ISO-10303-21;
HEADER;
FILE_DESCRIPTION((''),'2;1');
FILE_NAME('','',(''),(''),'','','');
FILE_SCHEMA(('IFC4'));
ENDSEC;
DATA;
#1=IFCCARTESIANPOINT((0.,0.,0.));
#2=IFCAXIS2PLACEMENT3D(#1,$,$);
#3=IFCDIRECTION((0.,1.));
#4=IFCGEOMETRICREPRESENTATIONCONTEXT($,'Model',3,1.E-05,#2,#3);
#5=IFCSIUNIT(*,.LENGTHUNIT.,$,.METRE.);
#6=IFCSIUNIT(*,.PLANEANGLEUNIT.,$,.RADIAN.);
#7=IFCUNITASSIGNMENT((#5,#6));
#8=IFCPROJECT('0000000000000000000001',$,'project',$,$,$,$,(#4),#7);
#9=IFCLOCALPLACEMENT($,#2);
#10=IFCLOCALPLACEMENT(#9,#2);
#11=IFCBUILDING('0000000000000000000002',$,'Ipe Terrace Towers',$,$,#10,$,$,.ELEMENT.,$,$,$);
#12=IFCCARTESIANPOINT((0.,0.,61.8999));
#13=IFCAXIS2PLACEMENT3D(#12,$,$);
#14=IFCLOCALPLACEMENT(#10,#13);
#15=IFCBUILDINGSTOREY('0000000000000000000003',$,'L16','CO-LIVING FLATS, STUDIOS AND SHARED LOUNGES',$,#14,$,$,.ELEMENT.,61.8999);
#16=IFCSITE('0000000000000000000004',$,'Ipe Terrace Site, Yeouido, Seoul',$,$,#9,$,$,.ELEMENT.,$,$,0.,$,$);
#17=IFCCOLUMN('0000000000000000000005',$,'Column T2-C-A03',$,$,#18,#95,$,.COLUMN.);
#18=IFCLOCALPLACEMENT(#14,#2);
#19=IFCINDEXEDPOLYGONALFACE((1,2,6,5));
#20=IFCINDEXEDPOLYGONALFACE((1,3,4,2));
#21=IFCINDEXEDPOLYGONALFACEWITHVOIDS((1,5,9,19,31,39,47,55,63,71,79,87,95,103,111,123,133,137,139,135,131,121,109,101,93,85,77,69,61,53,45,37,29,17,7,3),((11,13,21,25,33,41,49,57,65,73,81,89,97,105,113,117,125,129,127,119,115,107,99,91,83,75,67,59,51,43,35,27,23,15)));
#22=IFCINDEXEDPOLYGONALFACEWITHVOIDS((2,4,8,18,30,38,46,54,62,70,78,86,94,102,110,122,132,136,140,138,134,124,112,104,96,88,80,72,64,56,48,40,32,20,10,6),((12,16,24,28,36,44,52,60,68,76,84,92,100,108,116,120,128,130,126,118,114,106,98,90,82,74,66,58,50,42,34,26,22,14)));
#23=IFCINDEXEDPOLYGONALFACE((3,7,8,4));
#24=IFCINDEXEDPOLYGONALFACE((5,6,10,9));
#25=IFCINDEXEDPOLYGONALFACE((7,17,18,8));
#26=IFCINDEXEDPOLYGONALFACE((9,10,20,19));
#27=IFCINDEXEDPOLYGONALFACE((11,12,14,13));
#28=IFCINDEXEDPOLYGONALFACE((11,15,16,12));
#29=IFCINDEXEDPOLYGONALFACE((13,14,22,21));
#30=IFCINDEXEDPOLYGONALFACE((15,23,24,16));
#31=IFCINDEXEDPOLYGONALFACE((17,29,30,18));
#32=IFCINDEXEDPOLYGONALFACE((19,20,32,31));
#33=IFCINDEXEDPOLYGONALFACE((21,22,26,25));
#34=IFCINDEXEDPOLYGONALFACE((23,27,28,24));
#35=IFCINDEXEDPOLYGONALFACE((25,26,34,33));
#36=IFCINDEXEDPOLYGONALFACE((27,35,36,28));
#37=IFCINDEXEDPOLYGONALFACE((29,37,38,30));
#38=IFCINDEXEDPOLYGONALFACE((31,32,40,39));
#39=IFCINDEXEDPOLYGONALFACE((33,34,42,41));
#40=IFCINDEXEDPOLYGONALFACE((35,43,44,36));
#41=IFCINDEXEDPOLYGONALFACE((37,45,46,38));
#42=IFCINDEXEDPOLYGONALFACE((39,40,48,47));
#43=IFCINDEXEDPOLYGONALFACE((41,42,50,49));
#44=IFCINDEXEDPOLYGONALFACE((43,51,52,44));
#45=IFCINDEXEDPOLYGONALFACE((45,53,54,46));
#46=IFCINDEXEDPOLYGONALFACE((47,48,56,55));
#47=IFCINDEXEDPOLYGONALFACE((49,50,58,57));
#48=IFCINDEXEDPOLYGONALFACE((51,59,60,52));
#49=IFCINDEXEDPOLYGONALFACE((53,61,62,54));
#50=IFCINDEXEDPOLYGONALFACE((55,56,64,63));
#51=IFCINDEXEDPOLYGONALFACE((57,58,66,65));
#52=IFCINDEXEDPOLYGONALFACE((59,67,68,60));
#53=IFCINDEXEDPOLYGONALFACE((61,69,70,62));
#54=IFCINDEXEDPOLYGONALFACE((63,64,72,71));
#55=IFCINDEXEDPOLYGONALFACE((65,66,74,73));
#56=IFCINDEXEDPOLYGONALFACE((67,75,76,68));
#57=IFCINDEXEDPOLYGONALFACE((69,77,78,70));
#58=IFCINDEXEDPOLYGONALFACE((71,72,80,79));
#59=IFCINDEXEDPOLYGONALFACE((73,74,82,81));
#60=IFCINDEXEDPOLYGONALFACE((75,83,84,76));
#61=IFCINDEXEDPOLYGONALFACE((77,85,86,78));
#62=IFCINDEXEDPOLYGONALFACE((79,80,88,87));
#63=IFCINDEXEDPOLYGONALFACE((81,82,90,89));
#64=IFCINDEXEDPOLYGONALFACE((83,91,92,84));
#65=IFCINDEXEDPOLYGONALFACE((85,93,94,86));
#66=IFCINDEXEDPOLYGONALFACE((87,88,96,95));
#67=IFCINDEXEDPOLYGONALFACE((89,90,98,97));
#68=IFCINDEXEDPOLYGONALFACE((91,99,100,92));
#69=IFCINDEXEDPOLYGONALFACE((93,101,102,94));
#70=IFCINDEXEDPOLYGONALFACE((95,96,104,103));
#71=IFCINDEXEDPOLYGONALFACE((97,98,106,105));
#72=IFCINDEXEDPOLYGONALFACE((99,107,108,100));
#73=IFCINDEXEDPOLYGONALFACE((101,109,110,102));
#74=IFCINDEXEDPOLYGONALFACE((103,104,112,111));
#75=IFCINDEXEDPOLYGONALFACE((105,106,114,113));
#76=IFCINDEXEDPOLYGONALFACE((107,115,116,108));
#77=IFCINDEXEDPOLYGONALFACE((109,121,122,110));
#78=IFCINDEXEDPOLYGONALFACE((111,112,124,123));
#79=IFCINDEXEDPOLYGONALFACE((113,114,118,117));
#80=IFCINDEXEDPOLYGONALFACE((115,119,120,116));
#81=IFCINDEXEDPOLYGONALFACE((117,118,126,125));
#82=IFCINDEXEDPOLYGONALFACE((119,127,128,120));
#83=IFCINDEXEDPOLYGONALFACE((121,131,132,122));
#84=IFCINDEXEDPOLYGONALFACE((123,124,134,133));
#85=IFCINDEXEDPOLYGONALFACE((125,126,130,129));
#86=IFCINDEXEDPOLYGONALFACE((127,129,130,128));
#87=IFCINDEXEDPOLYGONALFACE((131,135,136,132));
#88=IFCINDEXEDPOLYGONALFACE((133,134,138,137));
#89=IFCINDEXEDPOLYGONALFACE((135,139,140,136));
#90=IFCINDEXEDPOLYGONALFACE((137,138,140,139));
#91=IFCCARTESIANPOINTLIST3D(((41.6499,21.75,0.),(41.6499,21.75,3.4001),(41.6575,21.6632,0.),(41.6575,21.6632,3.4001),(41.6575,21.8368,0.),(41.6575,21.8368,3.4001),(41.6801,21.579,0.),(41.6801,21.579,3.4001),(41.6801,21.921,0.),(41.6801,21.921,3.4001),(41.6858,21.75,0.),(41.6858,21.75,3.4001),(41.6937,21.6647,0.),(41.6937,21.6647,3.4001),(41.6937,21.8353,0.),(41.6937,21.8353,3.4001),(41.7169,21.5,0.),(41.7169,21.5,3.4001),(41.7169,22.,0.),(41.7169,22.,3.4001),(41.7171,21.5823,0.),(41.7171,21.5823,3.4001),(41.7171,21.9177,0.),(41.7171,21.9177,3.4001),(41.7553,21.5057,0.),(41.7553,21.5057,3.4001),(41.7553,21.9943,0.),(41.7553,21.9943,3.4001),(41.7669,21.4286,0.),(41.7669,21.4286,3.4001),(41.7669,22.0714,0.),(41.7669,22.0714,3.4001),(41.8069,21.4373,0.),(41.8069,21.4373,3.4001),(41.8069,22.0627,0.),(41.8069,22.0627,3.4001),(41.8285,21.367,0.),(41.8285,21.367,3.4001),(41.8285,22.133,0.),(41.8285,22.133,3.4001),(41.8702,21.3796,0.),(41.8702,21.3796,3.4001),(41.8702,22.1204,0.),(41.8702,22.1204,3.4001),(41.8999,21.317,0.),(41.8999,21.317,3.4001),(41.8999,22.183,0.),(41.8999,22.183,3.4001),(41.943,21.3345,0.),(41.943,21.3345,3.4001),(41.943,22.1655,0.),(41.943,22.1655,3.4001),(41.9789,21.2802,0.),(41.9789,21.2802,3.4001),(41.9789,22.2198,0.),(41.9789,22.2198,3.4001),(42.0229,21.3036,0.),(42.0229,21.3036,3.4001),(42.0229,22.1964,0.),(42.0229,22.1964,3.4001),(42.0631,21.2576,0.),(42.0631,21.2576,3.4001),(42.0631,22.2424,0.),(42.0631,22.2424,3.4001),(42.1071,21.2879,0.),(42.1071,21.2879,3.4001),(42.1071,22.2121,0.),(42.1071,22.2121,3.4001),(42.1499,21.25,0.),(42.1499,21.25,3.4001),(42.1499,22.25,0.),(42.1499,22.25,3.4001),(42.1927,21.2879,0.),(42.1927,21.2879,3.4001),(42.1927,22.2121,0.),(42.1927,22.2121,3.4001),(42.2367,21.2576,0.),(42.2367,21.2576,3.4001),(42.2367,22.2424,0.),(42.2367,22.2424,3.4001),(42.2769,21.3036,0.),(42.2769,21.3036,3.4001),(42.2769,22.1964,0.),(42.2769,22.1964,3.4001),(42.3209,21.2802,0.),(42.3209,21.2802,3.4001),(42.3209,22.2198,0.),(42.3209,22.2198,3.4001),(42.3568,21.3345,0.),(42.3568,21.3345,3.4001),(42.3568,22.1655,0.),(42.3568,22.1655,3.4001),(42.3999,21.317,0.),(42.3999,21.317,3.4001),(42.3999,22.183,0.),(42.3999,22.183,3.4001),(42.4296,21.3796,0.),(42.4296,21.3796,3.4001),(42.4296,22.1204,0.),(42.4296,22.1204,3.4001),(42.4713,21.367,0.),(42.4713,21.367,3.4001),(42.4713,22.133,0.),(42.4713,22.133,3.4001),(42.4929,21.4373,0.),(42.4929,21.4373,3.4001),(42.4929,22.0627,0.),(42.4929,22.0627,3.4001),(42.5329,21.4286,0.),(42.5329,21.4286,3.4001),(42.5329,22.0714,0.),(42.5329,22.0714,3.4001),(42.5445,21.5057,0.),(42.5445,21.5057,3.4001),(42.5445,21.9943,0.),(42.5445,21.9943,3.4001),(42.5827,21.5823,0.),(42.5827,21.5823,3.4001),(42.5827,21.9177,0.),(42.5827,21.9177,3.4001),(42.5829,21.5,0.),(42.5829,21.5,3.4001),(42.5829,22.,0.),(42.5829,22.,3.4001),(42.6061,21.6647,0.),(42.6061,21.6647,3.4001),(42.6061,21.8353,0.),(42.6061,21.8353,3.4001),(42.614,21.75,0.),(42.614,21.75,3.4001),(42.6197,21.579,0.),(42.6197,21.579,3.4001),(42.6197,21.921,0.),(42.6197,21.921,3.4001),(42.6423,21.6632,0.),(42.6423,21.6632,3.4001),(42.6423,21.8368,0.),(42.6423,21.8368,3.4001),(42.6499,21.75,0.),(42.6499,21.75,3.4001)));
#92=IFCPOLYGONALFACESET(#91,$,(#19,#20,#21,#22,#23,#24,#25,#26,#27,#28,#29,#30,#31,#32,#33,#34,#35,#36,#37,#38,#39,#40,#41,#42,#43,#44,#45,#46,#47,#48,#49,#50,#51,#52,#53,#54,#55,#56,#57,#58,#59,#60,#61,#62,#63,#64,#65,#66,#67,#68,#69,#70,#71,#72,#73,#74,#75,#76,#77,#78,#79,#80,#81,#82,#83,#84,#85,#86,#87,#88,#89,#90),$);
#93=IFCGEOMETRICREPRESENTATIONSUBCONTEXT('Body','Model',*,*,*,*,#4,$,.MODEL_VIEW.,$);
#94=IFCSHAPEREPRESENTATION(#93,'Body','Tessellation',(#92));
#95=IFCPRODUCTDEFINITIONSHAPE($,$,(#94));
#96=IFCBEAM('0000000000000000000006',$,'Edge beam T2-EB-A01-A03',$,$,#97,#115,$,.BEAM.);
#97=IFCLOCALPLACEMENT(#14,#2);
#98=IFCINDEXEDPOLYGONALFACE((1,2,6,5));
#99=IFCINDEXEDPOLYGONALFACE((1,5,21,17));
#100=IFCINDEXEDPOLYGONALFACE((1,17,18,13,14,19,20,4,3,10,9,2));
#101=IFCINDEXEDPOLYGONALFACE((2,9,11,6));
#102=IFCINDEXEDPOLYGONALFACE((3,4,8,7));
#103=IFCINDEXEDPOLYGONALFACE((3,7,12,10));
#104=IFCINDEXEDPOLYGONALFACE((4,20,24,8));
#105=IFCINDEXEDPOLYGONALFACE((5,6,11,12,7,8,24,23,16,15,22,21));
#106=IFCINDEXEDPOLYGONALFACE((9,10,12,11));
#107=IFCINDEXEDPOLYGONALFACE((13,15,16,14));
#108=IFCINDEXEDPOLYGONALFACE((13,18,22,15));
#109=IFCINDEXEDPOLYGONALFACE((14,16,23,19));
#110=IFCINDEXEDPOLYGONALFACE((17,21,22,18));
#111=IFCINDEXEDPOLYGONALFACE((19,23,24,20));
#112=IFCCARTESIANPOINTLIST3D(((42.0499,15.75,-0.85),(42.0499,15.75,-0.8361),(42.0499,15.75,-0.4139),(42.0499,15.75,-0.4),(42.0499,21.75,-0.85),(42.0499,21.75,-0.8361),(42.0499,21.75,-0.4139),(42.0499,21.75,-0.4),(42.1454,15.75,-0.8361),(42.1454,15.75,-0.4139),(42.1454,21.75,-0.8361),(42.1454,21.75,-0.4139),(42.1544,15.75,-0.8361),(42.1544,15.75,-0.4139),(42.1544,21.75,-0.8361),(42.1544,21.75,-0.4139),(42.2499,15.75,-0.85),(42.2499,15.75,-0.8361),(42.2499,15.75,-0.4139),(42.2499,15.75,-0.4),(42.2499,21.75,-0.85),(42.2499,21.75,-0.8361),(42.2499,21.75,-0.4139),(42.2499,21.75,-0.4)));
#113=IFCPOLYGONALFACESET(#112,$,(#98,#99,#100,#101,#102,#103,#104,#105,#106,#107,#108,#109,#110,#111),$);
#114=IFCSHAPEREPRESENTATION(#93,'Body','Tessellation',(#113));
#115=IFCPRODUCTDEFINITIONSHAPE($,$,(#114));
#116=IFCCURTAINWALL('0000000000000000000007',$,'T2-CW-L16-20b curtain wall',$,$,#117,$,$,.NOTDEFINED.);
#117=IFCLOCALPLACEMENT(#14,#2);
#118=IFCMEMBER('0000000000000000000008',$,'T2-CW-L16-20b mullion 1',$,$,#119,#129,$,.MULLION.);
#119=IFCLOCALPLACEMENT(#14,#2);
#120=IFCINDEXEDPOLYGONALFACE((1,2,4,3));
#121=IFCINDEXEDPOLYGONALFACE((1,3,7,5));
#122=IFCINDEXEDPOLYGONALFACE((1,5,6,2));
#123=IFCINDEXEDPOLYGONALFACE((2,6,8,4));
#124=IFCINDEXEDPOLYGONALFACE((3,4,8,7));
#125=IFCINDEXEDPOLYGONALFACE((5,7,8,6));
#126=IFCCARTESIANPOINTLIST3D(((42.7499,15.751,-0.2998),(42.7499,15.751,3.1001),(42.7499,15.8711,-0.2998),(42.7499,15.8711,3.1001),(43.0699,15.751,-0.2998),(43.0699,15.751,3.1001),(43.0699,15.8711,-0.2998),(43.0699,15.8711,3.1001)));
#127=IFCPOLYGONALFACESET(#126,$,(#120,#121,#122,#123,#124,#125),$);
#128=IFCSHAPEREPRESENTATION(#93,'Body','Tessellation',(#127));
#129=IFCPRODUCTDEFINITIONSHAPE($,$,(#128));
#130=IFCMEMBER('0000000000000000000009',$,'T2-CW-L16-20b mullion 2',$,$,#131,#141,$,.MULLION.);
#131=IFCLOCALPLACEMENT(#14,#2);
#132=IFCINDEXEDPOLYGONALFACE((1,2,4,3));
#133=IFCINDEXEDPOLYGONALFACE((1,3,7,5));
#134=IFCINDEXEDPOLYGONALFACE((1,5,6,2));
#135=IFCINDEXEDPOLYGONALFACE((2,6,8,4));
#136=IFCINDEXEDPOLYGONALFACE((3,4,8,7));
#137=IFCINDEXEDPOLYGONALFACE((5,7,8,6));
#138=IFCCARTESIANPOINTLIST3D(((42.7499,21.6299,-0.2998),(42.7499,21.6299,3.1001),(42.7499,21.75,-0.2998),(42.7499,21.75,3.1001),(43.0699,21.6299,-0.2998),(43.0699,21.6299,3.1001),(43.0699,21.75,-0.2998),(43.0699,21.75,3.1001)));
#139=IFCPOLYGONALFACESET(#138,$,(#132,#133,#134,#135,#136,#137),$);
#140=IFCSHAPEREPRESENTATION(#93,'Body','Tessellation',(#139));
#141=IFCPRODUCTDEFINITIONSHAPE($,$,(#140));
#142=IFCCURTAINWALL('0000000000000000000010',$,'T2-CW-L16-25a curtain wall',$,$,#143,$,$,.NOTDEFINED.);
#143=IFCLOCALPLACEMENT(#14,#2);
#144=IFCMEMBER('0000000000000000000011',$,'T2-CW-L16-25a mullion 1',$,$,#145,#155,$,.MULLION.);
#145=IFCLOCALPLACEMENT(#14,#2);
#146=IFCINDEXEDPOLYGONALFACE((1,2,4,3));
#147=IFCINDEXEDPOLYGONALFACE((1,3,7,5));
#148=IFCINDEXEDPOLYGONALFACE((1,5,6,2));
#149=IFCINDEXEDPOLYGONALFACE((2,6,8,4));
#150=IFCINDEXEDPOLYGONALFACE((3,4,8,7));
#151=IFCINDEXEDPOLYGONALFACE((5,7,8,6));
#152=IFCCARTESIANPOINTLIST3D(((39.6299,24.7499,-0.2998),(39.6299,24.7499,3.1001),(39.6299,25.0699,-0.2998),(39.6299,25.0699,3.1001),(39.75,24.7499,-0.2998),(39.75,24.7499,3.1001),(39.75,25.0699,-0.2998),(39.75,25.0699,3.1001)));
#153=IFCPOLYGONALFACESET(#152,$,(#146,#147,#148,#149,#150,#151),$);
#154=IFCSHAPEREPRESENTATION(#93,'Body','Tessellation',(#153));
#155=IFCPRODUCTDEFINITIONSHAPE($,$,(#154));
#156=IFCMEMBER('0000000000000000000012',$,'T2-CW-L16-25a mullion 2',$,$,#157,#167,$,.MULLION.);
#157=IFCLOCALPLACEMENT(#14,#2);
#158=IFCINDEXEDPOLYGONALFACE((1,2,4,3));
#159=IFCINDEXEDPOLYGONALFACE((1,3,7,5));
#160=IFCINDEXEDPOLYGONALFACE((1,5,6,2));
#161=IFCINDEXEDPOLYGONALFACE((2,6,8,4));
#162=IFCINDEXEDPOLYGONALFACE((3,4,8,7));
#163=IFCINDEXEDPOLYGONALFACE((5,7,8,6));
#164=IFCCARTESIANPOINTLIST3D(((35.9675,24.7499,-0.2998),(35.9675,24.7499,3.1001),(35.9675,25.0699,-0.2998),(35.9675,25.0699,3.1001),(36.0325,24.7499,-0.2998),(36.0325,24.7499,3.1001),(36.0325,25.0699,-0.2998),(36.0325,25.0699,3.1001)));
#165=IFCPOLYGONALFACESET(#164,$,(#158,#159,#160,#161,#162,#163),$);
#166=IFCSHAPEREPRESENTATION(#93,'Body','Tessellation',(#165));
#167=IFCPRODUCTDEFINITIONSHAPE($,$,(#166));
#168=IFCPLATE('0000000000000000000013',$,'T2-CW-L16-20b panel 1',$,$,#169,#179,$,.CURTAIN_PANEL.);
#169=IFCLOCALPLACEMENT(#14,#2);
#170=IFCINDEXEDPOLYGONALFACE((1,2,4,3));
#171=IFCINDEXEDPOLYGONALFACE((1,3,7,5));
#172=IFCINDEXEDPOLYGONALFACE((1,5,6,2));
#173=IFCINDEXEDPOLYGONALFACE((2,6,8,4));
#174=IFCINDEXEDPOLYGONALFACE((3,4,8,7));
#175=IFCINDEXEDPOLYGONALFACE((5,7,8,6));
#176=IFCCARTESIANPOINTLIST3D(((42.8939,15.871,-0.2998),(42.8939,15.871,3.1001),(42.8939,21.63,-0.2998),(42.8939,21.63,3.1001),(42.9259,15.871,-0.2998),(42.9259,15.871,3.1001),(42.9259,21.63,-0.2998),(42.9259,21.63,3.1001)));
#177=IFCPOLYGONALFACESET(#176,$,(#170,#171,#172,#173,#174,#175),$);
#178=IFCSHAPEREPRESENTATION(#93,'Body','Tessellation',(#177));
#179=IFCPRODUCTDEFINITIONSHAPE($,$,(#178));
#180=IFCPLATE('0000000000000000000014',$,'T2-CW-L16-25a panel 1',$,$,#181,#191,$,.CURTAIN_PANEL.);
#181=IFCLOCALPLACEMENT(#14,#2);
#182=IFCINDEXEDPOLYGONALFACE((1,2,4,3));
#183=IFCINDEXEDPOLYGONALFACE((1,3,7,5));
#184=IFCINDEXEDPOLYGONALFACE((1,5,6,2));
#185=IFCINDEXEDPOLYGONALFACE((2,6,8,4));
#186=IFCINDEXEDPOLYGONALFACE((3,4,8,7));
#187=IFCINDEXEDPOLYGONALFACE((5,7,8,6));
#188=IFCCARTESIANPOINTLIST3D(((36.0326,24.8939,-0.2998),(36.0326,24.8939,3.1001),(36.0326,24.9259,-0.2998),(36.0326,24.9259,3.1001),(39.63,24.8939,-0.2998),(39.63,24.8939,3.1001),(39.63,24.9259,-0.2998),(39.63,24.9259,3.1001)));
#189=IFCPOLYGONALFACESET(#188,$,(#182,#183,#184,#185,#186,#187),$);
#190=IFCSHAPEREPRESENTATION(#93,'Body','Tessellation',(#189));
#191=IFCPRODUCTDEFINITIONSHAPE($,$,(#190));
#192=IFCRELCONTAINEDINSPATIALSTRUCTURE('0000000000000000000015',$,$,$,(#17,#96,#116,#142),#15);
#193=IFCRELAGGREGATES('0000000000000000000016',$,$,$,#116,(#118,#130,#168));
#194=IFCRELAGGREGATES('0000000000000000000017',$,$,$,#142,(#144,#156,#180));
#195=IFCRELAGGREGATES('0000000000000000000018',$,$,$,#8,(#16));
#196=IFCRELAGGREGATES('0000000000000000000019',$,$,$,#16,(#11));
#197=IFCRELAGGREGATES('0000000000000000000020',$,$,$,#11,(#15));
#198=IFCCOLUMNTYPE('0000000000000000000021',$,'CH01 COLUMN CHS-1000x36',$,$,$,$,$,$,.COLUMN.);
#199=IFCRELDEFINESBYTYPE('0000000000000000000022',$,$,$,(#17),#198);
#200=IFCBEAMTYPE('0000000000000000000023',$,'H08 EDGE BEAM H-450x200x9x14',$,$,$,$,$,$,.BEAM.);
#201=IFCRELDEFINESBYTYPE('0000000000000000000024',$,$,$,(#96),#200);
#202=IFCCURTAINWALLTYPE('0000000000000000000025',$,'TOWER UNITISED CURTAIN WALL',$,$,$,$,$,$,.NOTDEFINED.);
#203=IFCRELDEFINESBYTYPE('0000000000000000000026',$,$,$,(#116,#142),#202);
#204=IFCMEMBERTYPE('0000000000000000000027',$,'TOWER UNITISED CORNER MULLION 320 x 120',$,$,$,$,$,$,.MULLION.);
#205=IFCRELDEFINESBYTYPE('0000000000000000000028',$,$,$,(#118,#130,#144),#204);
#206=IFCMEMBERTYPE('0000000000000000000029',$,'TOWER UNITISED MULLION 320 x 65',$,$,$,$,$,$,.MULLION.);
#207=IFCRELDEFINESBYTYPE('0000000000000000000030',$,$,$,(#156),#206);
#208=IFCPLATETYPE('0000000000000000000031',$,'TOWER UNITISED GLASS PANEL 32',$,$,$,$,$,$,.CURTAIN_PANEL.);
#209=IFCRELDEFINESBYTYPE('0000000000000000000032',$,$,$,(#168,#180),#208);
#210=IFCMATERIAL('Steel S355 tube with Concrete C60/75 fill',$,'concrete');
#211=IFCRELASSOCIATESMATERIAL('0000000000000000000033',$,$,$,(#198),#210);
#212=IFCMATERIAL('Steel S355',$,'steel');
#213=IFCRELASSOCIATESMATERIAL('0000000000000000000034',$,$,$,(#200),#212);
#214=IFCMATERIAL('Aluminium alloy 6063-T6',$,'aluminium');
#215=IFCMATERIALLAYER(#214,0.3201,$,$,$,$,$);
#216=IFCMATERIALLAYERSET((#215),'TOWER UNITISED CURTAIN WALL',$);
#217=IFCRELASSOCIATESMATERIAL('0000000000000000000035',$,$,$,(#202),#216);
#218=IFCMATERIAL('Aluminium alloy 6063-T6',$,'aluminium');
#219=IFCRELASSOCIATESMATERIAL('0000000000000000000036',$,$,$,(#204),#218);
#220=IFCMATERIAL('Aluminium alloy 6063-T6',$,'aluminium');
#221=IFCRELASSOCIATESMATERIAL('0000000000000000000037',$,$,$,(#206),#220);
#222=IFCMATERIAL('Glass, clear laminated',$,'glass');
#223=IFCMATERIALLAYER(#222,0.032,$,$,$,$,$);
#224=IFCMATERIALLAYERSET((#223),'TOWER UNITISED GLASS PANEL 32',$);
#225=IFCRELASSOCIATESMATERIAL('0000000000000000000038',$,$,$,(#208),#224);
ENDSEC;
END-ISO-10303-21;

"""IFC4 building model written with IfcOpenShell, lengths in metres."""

from ifc_helpers import new_model, si_unit, direction, frame, origin, origin_2d, place, context, subcontext, project, spatial, rectangle, hollow_circle, i_section, extrude, material, layer, layer_set, material_profile, profile_set, type_object, element, aggregate, save


model = new_model("IFC4")

# Units and contexts
model_context = context("Model", 3, precision=1e-05, world=origin(), true_north=direction((0.0, 1.0)))
body_context = subcontext(model_context, "Body", "Model", "MODEL_VIEW")
ifc_project = project(units=[si_unit("LENGTHUNIT", "METRE"), si_unit("PLANEANGLEUNIT", "RADIAN")], contexts=[model_context])

# Site, building, storey
site_placement = place(None, origin())
site = spatial("IfcSite", under=ifc_project, at=site_placement, Name="Ipe Terrace Site, Yeouido, Seoul", CompositionType="ELEMENT", RefElevation=0.0)
building_placement = place(site_placement, origin())
building = spatial("IfcBuilding", under=site, at=building_placement, Name="Ipe Terrace Towers", CompositionType="ELEMENT")
storey_placement = place(building_placement, frame((0.0, 0.0, 61.8999)))
storey = spatial("IfcBuildingStorey", under=building, at=storey_placement, Name="L16", Description="CO-LIVING FLATS, STUDIOS AND SHARED LOUNGES", CompositionType="ELEMENT", Elevation=61.8999)

# Column
ifc_material_1 = material(Name="Steel S355 tube with Concrete C60/75 fill", Category="concrete")
ifc_material_profile_1 = material_profile(ifc_material_1, hollow_circle(Radius=0.5, WallThickness=0.0359, at=origin_2d()), Name="CHS-1000x36")
ifc_profile_set_1 = profile_set([ifc_material_profile_1], Name="Steel S355 tube with Concrete C60/75 fill")
column_type = type_object("IfcColumnType", Name="CH01 COLUMN CHS-1000x36", PredefinedType="COLUMN", material=ifc_profile_set_1)
column_placement = place(storey_placement, frame((42.1499, 21.75, 0.0), z_axis=(0.0, 0.0, 1.0), x_axis=(1.0, 0.0, 0.0)))
element("IfcColumn", 1, at=column_placement, inside=storey, type_object=column_type, Name="Column T2-C-A03", PredefinedType="COLUMN", context=body_context, shape_type="SweptSolid", body=[
    extrude(hollow_circle(Radius=0.5, WallThickness=0.0359, at=origin_2d()), origin(), (0.0, 0.0, 1.0), 3.4001),
])

# Beam
ifc_material_2 = material(Name="Steel S355", Category="steel")
ifc_material_profile_2 = material_profile(ifc_material_2, i_section(OverallWidth=0.2, OverallDepth=0.45, WebThickness=0.009, FlangeThickness=0.0139, at=origin_2d()), Name="H-450x200x9x14")
ifc_profile_set_2 = profile_set([ifc_material_profile_2], Name="Steel S355")
beam_type = type_object("IfcBeamType", Name="H08 EDGE BEAM H-450x200x9x14", PredefinedType="BEAM", material=ifc_profile_set_2)
beam_placement = place(storey_placement, frame((42.1499, 15.75, -0.625), z_axis=(0.0, 1.0, 0.0), x_axis=(-1.0, 0.0, 0.0)))
element("IfcBeam", 2, at=beam_placement, inside=storey, type_object=beam_type, Name="Edge beam T2-EB-A01-A03", PredefinedType="BEAM", context=body_context, shape_type="SweptSolid", body=[
    extrude(i_section(OverallWidth=0.2, OverallDepth=0.45, WebThickness=0.009, FlangeThickness=0.0139, at=origin_2d()), origin(), (0.0, 0.0, 1.0), 6.0),
])

# Curtain walls, members
ifc_material_3 = material(Name="Aluminium alloy 6063-T6", Category="aluminium")
ifc_layer_1 = layer(ifc_material_3, 0.3201)
ifc_layer_set_1 = layer_set([ifc_layer_1], Name="TOWER UNITISED CURTAIN WALL")
curtain_wall_type = type_object("IfcCurtainWallType", Name="TOWER UNITISED CURTAIN WALL", PredefinedType="NOTDEFINED", material=ifc_layer_set_1)
curtain_wall_1_placement = place(storey_placement, origin())
curtain_wall_1 = element("IfcCurtainWall", 3, at=curtain_wall_1_placement, inside=storey, type_object=curtain_wall_type, Name="T2-CW-L16-20b curtain wall", PredefinedType="NOTDEFINED")
ifc_material_4 = material(Name="Aluminium alloy 6063-T6", Category="aluminium")
ifc_material_profile_3 = material_profile(ifc_material_4, rectangle(XDim=0.3201, YDim=0.1201, at=origin_2d()), Name="TOWER UNITISED CORNER MULLION 320 x 120")
ifc_profile_set_3 = profile_set([ifc_material_profile_3], Name="Aluminium alloy 6063-T6")
member_type_1 = type_object("IfcMemberType", Name="TOWER UNITISED CORNER MULLION 320 x 120", PredefinedType="MULLION", material=ifc_profile_set_3)
member_1_placement = place(storey_placement, frame((42.9099, 15.811, -0.2998), z_axis=(0.0, 0.0, 1.0), x_axis=(1.0, 0.0, 0.0)))
member_1 = element("IfcMember", 4, at=member_1_placement, type_object=member_type_1, Name="T2-CW-L16-20b mullion 1", PredefinedType="MULLION", context=body_context, shape_type="SweptSolid", body=[
    extrude(rectangle(XDim=0.3201, YDim=0.1201, at=origin_2d()), origin(), (0.0, 0.0, 1.0), 3.3999),
])
member_2_placement = place(storey_placement, frame((42.9099, 21.6899, -0.2998), z_axis=(0.0, 0.0, 1.0), x_axis=(1.0, 0.0, 0.0)))
member_2 = element("IfcMember", 5, at=member_2_placement, type_object=member_type_1, Name="T2-CW-L16-20b mullion 2", PredefinedType="MULLION", context=body_context, shape_type="SweptSolid", body=[
    extrude(rectangle(XDim=0.3201, YDim=0.1201, at=origin_2d()), origin(), (0.0, 0.0, 1.0), 3.3999),
])
curtain_wall_2_placement = place(storey_placement, origin())
curtain_wall_2 = element("IfcCurtainWall", 6, at=curtain_wall_2_placement, inside=storey, type_object=curtain_wall_type, Name="T2-CW-L16-25a curtain wall", PredefinedType="NOTDEFINED")
member_3_placement = place(storey_placement, frame((39.6899, 24.9099, -0.2998), z_axis=(0.0, 0.0, 1.0), x_axis=(0.0, 1.0, 0.0)))
member_3 = element("IfcMember", 7, at=member_3_placement, type_object=member_type_1, Name="T2-CW-L16-25a mullion 1", PredefinedType="MULLION", context=body_context, shape_type="SweptSolid", body=[
    extrude(rectangle(XDim=0.3201, YDim=0.1201, at=origin_2d()), origin(), (0.0, 0.0, 1.0), 3.3999),
])
ifc_material_5 = material(Name="Aluminium alloy 6063-T6", Category="aluminium")
ifc_material_profile_4 = material_profile(ifc_material_5, rectangle(XDim=0.3201, YDim=0.0649, at=origin_2d()), Name="TOWER UNITISED MULLION 320 x 65")
ifc_profile_set_4 = profile_set([ifc_material_profile_4], Name="Aluminium alloy 6063-T6")
member_type_2 = type_object("IfcMemberType", Name="TOWER UNITISED MULLION 320 x 65", PredefinedType="MULLION", material=ifc_profile_set_4)
member_4_placement = place(storey_placement, frame((36.0, 24.9099, -0.2998), z_axis=(0.0, 0.0, 1.0), x_axis=(0.0, 1.0, 0.0)))
member_4 = element("IfcMember", 8, at=member_4_placement, type_object=member_type_2, Name="T2-CW-L16-25a mullion 2", PredefinedType="MULLION", context=body_context, shape_type="SweptSolid", body=[
    extrude(rectangle(XDim=0.3201, YDim=0.0649, at=origin_2d()), origin(), (0.0, 0.0, 1.0), 3.3999),
])

# Plates
ifc_material_6 = material(Name="Glass, clear laminated", Category="glass")
ifc_layer_2 = layer(ifc_material_6, 0.032)
ifc_layer_set_2 = layer_set([ifc_layer_2], Name="TOWER UNITISED GLASS PANEL 32")
plate_type = type_object("IfcPlateType", Name="TOWER UNITISED GLASS PANEL 32", PredefinedType="CURTAIN_PANEL", material=ifc_layer_set_2)
plate_1_placement = place(storey_placement, frame((42.9099, 18.7505, -0.2998), z_axis=(0.0, 0.0, 1.0), x_axis=(0.0, 1.0, 0.0)))
plate_1 = element("IfcPlate", 9, at=plate_1_placement, type_object=plate_type, Name="T2-CW-L16-20b panel 1", PredefinedType="CURTAIN_PANEL", context=body_context, shape_type="SweptSolid", body=[
    extrude(rectangle(XDim=5.759, YDim=0.032, at=origin_2d()), origin(), (0.0, 0.0, 1.0), 3.3999),
])
aggregate(curtain_wall_1, [member_1, member_2, plate_1])
plate_2_placement = place(storey_placement, frame((37.8313, 24.9099, -0.2998), z_axis=(0.0, 0.0, 1.0), x_axis=(-1.0, 0.0, 0.0)))
plate_2 = element("IfcPlate", 10, at=plate_2_placement, type_object=plate_type, Name="T2-CW-L16-25a panel 1", PredefinedType="CURTAIN_PANEL", context=body_context, shape_type="SweptSolid", body=[
    extrude(rectangle(XDim=3.5974, YDim=0.032, at=origin_2d()), origin(), (0.0, 0.0, 1.0), 3.3999),
])
aggregate(curtain_wall_2, [member_3, member_4, plate_2])

save(model, "model.ifc")
